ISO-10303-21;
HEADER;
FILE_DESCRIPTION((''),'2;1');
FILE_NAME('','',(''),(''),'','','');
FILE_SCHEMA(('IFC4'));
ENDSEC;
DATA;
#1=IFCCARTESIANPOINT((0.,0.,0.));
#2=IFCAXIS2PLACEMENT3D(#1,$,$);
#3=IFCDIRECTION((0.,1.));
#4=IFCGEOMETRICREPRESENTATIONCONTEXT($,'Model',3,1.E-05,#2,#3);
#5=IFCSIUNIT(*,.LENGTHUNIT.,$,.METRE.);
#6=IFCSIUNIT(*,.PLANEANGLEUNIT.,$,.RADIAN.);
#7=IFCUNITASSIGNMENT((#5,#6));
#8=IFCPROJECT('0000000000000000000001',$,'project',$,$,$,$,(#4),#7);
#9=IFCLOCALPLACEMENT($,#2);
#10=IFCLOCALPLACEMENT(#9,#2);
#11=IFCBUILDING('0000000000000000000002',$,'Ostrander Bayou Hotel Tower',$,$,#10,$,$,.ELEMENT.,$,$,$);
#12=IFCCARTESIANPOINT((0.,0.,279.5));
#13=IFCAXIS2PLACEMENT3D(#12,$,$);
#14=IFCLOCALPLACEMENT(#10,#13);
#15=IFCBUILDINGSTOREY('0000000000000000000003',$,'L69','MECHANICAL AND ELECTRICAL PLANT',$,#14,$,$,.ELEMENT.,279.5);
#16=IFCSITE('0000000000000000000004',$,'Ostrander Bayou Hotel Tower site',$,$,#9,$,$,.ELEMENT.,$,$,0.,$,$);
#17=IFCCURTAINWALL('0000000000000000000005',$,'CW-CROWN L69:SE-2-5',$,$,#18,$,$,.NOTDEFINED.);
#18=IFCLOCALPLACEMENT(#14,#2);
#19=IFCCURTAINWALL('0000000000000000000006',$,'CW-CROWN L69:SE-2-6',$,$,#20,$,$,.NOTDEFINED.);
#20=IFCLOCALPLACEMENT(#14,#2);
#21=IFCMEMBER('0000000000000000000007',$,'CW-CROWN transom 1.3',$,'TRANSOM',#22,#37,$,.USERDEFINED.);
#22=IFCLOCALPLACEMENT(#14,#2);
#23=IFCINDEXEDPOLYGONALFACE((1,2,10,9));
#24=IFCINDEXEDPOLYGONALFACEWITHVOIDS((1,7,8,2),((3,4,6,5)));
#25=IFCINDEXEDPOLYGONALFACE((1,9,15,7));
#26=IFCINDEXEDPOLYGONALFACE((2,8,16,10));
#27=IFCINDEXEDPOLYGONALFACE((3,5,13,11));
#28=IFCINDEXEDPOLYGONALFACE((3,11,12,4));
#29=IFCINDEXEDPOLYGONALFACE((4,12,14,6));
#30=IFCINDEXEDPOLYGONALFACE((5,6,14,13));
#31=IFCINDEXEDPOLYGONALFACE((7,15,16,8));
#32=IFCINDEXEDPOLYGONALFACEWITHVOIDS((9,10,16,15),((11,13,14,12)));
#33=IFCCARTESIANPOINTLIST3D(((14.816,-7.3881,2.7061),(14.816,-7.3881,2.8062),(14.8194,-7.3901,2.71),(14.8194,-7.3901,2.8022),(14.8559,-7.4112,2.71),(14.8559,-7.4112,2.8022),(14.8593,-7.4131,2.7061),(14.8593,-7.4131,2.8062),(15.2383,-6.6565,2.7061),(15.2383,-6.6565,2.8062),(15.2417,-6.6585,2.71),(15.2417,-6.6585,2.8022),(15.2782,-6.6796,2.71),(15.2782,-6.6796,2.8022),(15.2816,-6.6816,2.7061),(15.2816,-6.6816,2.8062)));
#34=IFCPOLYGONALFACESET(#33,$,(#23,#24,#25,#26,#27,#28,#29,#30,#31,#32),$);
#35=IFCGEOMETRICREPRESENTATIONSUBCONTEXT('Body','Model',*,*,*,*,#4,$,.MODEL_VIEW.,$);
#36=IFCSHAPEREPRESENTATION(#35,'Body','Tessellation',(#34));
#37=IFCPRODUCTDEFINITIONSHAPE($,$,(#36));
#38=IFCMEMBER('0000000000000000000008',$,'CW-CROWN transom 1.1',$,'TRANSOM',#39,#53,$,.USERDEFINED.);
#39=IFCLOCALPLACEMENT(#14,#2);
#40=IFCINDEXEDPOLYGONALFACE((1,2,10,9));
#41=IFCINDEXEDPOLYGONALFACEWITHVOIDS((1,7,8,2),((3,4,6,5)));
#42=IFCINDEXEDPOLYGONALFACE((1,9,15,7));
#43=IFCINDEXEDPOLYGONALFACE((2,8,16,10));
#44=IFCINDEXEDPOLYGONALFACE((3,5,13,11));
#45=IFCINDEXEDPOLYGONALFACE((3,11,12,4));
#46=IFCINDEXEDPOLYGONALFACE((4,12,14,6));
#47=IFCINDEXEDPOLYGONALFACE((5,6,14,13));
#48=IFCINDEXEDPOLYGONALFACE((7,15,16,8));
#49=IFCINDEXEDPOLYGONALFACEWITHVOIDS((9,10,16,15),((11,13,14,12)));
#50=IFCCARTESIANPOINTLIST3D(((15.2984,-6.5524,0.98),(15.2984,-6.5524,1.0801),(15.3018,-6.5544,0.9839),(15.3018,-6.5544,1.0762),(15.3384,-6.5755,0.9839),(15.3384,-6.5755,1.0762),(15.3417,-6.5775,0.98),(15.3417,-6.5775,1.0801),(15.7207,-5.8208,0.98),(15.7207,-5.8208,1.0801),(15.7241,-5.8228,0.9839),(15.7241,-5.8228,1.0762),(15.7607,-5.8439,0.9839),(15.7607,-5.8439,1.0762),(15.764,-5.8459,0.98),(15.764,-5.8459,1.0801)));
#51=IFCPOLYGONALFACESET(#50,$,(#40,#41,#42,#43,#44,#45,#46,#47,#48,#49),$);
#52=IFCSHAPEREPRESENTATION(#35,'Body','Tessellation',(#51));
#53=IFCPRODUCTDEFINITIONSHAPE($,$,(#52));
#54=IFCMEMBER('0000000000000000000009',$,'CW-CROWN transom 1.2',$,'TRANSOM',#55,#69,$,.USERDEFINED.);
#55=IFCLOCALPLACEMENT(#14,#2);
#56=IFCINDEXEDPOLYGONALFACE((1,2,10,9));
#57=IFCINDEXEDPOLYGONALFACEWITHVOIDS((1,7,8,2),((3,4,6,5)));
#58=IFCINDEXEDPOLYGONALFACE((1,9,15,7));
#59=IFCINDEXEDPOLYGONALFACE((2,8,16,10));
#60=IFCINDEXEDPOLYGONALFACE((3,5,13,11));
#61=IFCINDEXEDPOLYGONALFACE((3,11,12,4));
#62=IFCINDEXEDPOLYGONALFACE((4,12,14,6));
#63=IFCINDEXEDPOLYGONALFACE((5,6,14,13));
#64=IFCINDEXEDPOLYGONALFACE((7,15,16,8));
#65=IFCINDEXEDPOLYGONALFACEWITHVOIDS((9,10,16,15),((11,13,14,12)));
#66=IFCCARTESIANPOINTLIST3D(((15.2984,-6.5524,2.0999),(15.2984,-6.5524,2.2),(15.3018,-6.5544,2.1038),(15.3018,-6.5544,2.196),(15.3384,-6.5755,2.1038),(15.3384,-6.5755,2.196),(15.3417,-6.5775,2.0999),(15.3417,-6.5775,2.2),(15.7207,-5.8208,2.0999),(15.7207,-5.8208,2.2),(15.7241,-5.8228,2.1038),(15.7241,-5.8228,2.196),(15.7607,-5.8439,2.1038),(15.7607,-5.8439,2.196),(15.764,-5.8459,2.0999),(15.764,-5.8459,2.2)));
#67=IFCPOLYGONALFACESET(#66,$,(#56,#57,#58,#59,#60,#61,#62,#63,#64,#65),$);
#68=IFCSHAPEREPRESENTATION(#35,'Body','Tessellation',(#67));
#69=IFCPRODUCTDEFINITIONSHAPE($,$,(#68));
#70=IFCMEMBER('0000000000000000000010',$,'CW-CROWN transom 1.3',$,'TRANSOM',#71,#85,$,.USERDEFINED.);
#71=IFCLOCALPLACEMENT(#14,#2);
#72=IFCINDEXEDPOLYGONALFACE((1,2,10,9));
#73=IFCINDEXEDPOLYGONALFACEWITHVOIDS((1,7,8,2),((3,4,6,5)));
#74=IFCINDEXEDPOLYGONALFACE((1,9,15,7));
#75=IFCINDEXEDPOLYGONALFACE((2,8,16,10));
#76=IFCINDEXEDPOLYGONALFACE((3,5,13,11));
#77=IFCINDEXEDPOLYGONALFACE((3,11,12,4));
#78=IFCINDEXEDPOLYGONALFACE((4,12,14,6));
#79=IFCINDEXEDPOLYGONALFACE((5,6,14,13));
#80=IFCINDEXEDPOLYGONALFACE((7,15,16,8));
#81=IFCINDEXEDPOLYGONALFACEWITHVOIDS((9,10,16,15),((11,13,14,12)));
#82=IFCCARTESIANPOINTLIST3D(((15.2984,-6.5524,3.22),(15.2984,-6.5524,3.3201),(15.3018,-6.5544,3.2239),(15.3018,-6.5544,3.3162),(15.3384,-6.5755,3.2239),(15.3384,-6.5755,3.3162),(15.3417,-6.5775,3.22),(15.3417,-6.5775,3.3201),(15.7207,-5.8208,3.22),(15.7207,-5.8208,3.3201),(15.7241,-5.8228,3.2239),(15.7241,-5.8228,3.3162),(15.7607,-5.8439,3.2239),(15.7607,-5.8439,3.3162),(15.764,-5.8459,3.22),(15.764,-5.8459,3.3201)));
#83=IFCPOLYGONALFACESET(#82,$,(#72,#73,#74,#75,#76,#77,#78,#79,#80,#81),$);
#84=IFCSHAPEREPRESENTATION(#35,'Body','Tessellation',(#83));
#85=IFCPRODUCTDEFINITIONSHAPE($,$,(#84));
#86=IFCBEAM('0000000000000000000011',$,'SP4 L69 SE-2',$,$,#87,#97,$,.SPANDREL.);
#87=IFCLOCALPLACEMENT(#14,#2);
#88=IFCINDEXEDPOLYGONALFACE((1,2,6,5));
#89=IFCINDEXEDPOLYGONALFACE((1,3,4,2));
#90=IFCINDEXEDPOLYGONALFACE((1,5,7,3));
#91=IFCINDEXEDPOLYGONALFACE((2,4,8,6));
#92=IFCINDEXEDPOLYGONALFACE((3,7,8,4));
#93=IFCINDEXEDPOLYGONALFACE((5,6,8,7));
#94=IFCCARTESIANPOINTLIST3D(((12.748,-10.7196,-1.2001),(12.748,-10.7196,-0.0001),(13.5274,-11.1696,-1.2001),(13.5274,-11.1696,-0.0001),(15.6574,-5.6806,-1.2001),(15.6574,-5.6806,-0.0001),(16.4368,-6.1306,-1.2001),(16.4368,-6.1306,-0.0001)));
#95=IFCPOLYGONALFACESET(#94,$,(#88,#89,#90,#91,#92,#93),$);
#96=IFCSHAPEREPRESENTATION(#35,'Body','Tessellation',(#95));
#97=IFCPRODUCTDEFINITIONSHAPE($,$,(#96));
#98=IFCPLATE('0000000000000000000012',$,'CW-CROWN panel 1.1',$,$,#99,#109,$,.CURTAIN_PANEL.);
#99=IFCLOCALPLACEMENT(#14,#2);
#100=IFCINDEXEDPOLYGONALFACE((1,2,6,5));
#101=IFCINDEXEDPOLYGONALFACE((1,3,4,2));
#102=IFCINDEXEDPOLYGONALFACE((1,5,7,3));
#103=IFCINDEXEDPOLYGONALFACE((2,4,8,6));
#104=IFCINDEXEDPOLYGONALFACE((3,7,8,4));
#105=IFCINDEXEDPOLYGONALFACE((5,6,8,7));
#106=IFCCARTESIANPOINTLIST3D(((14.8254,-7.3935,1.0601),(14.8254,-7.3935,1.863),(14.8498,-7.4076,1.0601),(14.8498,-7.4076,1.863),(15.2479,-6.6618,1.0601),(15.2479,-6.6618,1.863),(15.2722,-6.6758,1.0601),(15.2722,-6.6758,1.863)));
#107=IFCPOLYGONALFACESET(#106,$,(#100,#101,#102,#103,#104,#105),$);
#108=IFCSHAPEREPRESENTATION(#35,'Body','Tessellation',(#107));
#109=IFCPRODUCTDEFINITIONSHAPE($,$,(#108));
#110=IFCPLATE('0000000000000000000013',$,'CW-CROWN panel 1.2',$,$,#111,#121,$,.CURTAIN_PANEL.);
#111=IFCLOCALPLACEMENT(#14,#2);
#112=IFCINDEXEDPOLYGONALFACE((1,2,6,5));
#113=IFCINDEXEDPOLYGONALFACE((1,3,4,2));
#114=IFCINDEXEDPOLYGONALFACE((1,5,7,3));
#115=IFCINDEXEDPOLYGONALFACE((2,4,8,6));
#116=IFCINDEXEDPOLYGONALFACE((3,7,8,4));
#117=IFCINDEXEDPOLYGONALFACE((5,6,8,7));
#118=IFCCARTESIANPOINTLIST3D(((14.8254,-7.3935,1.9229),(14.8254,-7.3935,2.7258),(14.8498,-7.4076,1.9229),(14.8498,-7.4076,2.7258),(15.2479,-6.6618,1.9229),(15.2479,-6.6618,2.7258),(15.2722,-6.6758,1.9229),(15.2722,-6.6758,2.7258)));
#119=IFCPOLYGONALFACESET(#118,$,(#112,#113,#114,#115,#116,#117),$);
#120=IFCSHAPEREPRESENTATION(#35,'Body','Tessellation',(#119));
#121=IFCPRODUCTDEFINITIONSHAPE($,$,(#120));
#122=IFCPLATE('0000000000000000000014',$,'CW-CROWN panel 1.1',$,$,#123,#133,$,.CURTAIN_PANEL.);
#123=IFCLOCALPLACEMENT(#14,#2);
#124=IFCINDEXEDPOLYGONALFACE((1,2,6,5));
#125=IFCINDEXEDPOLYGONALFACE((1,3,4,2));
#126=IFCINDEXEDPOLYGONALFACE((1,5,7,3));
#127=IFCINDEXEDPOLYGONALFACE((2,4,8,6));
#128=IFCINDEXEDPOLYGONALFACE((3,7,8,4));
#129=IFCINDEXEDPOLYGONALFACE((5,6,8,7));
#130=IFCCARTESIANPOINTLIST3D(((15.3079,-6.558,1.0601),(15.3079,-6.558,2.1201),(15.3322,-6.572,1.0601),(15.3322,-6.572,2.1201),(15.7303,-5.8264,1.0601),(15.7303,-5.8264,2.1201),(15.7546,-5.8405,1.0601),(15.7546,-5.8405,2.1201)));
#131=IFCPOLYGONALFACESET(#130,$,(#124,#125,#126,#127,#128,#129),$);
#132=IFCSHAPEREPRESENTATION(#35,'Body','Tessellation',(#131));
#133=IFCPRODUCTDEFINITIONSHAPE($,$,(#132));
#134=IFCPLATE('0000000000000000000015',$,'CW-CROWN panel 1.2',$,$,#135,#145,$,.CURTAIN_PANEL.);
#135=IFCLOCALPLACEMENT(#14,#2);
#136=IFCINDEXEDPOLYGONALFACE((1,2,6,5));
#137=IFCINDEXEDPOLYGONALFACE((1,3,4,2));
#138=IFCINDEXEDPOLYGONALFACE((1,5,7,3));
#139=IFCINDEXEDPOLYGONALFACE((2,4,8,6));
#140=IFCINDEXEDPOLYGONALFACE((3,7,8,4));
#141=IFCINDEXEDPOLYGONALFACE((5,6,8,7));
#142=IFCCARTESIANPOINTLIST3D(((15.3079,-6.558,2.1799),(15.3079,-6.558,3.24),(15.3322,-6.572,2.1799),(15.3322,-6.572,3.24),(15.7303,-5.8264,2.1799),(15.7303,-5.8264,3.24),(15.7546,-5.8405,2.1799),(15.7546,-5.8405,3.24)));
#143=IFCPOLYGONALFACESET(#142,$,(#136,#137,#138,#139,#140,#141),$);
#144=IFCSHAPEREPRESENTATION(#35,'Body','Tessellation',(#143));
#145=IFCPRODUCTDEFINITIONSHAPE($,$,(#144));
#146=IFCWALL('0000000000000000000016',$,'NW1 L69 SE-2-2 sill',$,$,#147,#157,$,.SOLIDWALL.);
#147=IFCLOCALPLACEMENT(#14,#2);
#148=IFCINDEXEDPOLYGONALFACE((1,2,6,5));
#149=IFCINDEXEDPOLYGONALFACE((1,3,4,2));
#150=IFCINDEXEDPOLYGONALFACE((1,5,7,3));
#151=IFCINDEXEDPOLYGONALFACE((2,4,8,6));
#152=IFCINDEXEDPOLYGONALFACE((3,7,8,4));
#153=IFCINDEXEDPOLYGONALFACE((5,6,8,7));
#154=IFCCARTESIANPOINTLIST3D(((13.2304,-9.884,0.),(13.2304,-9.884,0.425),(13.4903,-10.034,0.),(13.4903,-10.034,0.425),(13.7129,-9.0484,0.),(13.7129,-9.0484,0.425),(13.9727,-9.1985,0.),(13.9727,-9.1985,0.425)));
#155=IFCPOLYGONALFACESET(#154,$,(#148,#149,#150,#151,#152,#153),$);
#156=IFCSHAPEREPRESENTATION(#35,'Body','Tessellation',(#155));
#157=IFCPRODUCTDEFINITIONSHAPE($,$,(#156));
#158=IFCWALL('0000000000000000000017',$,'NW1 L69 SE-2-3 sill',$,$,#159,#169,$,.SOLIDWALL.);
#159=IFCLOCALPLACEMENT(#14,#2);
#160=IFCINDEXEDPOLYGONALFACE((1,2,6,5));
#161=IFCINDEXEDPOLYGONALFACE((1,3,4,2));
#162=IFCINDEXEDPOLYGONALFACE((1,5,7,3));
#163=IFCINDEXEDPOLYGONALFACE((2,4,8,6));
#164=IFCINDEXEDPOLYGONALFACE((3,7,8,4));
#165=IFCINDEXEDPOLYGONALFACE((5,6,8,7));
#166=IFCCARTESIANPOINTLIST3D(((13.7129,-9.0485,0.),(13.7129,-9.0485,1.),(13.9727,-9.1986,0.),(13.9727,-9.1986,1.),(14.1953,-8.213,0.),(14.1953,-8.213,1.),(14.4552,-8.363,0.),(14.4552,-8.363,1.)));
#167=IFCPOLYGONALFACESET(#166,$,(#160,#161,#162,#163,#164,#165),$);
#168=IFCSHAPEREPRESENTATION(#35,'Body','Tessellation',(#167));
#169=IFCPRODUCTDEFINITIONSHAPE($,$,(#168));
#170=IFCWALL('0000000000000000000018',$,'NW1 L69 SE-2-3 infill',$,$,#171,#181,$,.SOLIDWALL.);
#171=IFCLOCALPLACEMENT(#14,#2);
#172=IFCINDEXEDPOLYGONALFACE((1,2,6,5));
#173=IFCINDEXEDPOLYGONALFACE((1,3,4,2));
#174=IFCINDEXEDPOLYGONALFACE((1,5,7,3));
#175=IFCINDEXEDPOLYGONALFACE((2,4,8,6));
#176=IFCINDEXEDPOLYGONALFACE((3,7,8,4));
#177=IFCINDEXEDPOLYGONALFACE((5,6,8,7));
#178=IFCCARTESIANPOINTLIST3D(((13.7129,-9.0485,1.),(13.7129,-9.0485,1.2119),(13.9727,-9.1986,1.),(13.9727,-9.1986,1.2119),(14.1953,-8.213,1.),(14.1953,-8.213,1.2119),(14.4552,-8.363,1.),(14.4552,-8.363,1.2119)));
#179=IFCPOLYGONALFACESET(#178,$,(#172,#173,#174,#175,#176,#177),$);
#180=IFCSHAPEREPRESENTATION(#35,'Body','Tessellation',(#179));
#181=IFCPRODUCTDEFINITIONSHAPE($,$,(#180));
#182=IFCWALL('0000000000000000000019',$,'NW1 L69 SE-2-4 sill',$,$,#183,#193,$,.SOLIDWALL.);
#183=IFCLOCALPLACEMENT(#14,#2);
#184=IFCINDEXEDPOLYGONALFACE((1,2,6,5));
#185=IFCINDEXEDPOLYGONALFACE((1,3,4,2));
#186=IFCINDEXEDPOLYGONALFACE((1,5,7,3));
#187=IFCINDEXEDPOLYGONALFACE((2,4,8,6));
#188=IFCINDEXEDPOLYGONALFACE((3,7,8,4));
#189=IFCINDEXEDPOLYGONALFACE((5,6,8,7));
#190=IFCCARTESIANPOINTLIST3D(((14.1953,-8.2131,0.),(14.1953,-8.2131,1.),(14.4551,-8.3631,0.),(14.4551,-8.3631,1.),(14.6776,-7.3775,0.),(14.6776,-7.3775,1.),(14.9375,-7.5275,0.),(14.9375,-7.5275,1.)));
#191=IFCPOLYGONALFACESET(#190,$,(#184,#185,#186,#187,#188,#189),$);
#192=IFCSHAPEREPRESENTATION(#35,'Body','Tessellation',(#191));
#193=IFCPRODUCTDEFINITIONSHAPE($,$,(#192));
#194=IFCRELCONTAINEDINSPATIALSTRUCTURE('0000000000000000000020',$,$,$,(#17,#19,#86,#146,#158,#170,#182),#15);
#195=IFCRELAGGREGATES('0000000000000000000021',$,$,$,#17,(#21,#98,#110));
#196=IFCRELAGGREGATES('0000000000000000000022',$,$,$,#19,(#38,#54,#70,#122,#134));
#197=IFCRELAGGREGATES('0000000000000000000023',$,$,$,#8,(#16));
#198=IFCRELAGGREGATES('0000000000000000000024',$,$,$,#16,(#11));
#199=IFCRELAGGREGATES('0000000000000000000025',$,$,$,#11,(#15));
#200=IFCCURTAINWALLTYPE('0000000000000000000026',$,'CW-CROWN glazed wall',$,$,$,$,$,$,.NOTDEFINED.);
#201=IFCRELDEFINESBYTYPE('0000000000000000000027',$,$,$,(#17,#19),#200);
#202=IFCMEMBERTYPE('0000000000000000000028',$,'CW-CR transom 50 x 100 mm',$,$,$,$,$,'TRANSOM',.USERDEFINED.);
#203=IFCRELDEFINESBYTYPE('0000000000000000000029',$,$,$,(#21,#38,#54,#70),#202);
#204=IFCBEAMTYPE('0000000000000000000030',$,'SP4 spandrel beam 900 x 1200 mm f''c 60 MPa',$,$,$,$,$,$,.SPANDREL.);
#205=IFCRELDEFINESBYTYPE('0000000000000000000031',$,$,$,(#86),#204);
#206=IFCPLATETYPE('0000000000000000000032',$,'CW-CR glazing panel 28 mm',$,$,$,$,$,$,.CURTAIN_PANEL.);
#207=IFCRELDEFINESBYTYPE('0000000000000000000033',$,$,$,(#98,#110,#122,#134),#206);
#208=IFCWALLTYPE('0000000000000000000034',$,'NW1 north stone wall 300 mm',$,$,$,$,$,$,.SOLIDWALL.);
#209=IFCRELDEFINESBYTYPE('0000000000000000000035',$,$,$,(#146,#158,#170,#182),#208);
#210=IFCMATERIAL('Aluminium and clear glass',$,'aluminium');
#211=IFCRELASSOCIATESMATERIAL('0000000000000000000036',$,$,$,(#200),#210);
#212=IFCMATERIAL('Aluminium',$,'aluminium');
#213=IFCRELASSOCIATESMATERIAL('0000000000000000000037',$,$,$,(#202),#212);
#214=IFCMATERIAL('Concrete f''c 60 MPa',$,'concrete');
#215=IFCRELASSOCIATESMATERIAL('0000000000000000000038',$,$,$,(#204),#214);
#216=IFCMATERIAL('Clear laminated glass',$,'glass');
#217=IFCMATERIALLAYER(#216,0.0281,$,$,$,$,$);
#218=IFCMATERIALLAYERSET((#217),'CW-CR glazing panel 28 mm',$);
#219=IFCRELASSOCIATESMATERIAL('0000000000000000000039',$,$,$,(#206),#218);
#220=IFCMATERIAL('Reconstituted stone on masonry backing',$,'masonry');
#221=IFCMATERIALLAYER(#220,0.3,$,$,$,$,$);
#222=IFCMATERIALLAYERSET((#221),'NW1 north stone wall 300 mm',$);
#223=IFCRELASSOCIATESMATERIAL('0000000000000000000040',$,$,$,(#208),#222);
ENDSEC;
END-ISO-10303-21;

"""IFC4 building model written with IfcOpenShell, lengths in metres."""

from ifc_helpers import new_model, si_unit, direction, frame, frame_2d, origin, origin_2d, place, context, subcontext, project, spatial, rectangle, hollow_rectangle, extrude, material, layer, layer_set, material_profile, profile_set, type_object, element, aggregate, save


model = new_model("IFC4")

# Units and contexts
model_context = context("Model", 3, precision=1e-05, world=origin(), true_north=direction((0.0, 1.0)))
body_context = subcontext(model_context, "Body", "Model", "MODEL_VIEW")
ifc_project = project(units=[si_unit("LENGTHUNIT", "METRE"), si_unit("PLANEANGLEUNIT", "RADIAN")], contexts=[model_context])

# Site, building, storey
site_placement = place(None, origin())
site = spatial("IfcSite", under=ifc_project, at=site_placement, Name="Ostrander Bayou Hotel Tower site", CompositionType="ELEMENT", RefElevation=0.0)
building_placement = place(site_placement, origin())
building = spatial("IfcBuilding", under=site, at=building_placement, Name="Ostrander Bayou Hotel Tower", CompositionType="ELEMENT")
storey_placement = place(building_placement, frame((0.0, 0.0, 279.5)))
storey = spatial("IfcBuildingStorey", under=building, at=storey_placement, Name="L69", Description="MECHANICAL AND ELECTRICAL PLANT", CompositionType="ELEMENT", Elevation=279.5)

# Curtain walls
ifc_material_1 = material(Name="Aluminium and clear glass", Category="aluminium")
curtain_wall_type = type_object("IfcCurtainWallType", Name="CW-CROWN glazed wall", PredefinedType="NOTDEFINED", material=ifc_material_1)
curtain_wall_1_placement = place(storey_placement, origin())
curtain_wall_1 = element("IfcCurtainWall", 1, at=curtain_wall_1_placement, inside=storey, type_object=curtain_wall_type, Name="CW-CROWN L69:SE-2-5", PredefinedType="NOTDEFINED")
curtain_wall_2_placement = place(storey_placement, origin())
curtain_wall_2 = element("IfcCurtainWall", 2, at=curtain_wall_2_placement, inside=storey, type_object=curtain_wall_type, Name="CW-CROWN L69:SE-2-6", PredefinedType="NOTDEFINED")

# Members
ifc_material_2 = material(Name="Aluminium", Category="aluminium")
ifc_material_profile_1 = material_profile(ifc_material_2, hollow_rectangle(XDim=0.05, YDim=0.1001, WallThickness=0.0039, at=origin_2d()))
ifc_profile_set_1 = profile_set([ifc_material_profile_1], Name="Aluminium")
member_type_1 = type_object("IfcMemberType", Name="CW-CR transom 50 x 100 mm", ElementType="TRANSOM", PredefinedType="USERDEFINED", material=ifc_profile_set_1)
member_1_placement = place(storey_placement, frame((14.8376, -7.4006, 2.7561), z_axis=(0.499931, 0.866065, 0.0), x_axis=(-0.866065, 0.499931, 0.0)))
member_1 = element("IfcMember", 3, at=member_1_placement, type_object=member_type_1, Name="CW-CROWN transom 1.3", ObjectType="TRANSOM", PredefinedType="USERDEFINED", context=body_context, shape_type="SweptSolid", body=[
    extrude(hollow_rectangle(XDim=0.05, YDim=0.1001, WallThickness=0.0039, at=origin_2d()), origin(), (0.0, 0.0, 1.0), 0.8447),
])
member_2_placement = place(storey_placement, frame((15.3201, -6.5649, 1.03), z_axis=(0.499931, 0.866065, 0.0), x_axis=(-0.866065, 0.499931, 0.0)))
member_2 = element("IfcMember", 4, at=member_2_placement, type_object=member_type_1, Name="CW-CROWN transom 1.1", ObjectType="TRANSOM", PredefinedType="USERDEFINED", context=body_context, shape_type="SweptSolid", body=[
    extrude(hollow_rectangle(XDim=0.05, YDim=0.1001, WallThickness=0.0039, at=origin_2d()), origin(), (0.0, 0.0, 1.0), 0.8447),
])
member_3_placement = place(storey_placement, frame((15.3201, -6.5649, 2.1499), z_axis=(0.499931, 0.866065, 0.0), x_axis=(-0.866065, 0.499931, 0.0)))
member_3 = element("IfcMember", 5, at=member_3_placement, type_object=member_type_1, Name="CW-CROWN transom 1.2", ObjectType="TRANSOM", PredefinedType="USERDEFINED", context=body_context, shape_type="SweptSolid", body=[
    extrude(hollow_rectangle(XDim=0.05, YDim=0.1001, WallThickness=0.0039, at=origin_2d()), origin(), (0.0, 0.0, 1.0), 0.8447),
])
member_4_placement = place(storey_placement, frame((15.3201, -6.5649, 3.27), z_axis=(0.499931, 0.866065, 0.0), x_axis=(-0.866065, 0.499931, 0.0)))
member_4 = element("IfcMember", 6, at=member_4_placement, type_object=member_type_1, Name="CW-CROWN transom 1.3", ObjectType="TRANSOM", PredefinedType="USERDEFINED", context=body_context, shape_type="SweptSolid", body=[
    extrude(hollow_rectangle(XDim=0.05, YDim=0.1001, WallThickness=0.0039, at=origin_2d()), origin(), (0.0, 0.0, 1.0), 0.8447),
])

# Beam
ifc_material_3 = material(Name="Concrete f'c 60 MPa", Category="concrete")
ifc_material_profile_2 = material_profile(ifc_material_3, rectangle(XDim=0.8999, YDim=1.2, at=origin_2d()))
ifc_profile_set_2 = profile_set([ifc_material_profile_2], Name="Concrete f'c 60 MPa")
beam_type = type_object("IfcBeamType", Name="SP4 spandrel beam 900 x 1200 mm f'c 60 MPa", PredefinedType="SPANDREL", material=ifc_profile_set_2)
beam_placement = place(storey_placement, frame((13.1377, -10.9446, -0.6001), z_axis=(0.500015, 0.866016, 0.0), x_axis=(-0.866016, 0.500015, 0.0)))
element("IfcBeam", 7, at=beam_placement, inside=storey, type_object=beam_type, Name="SP4 L69 SE-2", PredefinedType="SPANDREL", context=body_context, shape_type="SweptSolid", body=[
    extrude(rectangle(XDim=0.8999, YDim=1.2, at=origin_2d()), origin(), (0.0, 0.0, 1.0), 5.8186),
])

# Plates
ifc_material_4 = material(Name="Clear laminated glass", Category="glass")
ifc_layer_1 = layer(ifc_material_4, 0.0281)
ifc_layer_set_1 = layer_set([ifc_layer_1], Name="CW-CR glazing panel 28 mm")
plate_type = type_object("IfcPlateType", Name="CW-CR glazing panel 28 mm", PredefinedType="CURTAIN_PANEL", material=ifc_layer_set_1)
plate_1_placement = place(storey_placement, frame((15.0488, -7.0347, 1.0601), z_axis=(0.0, 0.0, 1.0), x_axis=(0.499974, 0.866041, 0.0)))
plate_1 = element("IfcPlate", 8, at=plate_1_placement, type_object=plate_type, Name="CW-CROWN panel 1.1", PredefinedType="CURTAIN_PANEL", context=body_context, shape_type="SweptSolid", body=[
    extrude(rectangle(XDim=0.845, YDim=0.0281, at=origin_2d()), origin(), (0.0, 0.0, 1.0), 0.803),
])
plate_2_placement = place(storey_placement, frame((15.0488, -7.0347, 1.9229), z_axis=(0.0, 0.0, 1.0), x_axis=(0.499974, 0.866041, 0.0)))
plate_2 = element("IfcPlate", 9, at=plate_2_placement, type_object=plate_type, Name="CW-CROWN panel 1.2", PredefinedType="CURTAIN_PANEL", context=body_context, shape_type="SweptSolid", body=[
    extrude(rectangle(XDim=0.845, YDim=0.0281, at=origin_2d()), origin(), (0.0, 0.0, 1.0), 0.803),
])
aggregate(curtain_wall_1, [member_1, plate_1, plate_2])
plate_3_placement = place(storey_placement, frame((15.5312, -6.1992, 1.0601), z_axis=(0.0, 0.0, 1.0), x_axis=(0.500019, 0.866015, 0.0)))
plate_3 = element("IfcPlate", 10, at=plate_3_placement, type_object=plate_type, Name="CW-CROWN panel 1.1", PredefinedType="CURTAIN_PANEL", context=body_context, shape_type="SweptSolid", body=[
    extrude(rectangle(XDim=0.8447, YDim=0.0281, at=origin_2d()), origin(), (0.0, 0.0, 1.0), 1.0601),
])
plate_4_placement = place(storey_placement, frame((15.5312, -6.1992, 2.1799), z_axis=(0.0, 0.0, 1.0), x_axis=(0.500019, 0.866015, 0.0)))
plate_4 = element("IfcPlate", 11, at=plate_4_placement, type_object=plate_type, Name="CW-CROWN panel 1.2", PredefinedType="CURTAIN_PANEL", context=body_context, shape_type="SweptSolid", body=[
    extrude(rectangle(XDim=0.8447, YDim=0.0281, at=origin_2d()), origin(), (0.0, 0.0, 1.0), 1.0601),
])
aggregate(curtain_wall_2, [member_2, member_3, member_4, plate_3, plate_4])

# Walls
ifc_material_5 = material(Name="Reconstituted stone on masonry backing", Category="masonry")
ifc_layer_2 = layer(ifc_material_5, 0.3)
ifc_layer_set_2 = layer_set([ifc_layer_2], Name="NW1 north stone wall 300 mm")
wall_type_1 = type_object("IfcWallType", Name="NW1 north stone wall 300 mm", PredefinedType="SOLIDWALL", material=ifc_layer_set_2)
wall_1_placement = place(storey_placement, frame((13.3604, -9.959, 0.0), z_axis=(0.0, 0.0, 1.0), x_axis=(0.500058, 0.865992, 0.0)))
element("IfcWall", 12, at=wall_1_placement, inside=storey, type_object=wall_type_1, Name="NW1 L69 SE-2-2 sill", PredefinedType="SOLIDWALL", context=body_context, shape_type="SweptSolid", body=[
    extrude(rectangle(XDim=0.9648, YDim=0.3, at=frame_2d((0.4824, 0.0))), origin(), (0.0, 0.0, 1.0), 0.425),
])
wall_2_placement = place(storey_placement, frame((13.8428, -9.1235, 0.0), z_axis=(0.0, 0.0, 1.0), x_axis=(0.500058, 0.865992, 0.0)))
element("IfcWall", 13, at=wall_2_placement, inside=storey, type_object=wall_type_1, Name="NW1 L69 SE-2-3 sill", PredefinedType="SOLIDWALL", context=body_context, shape_type="SweptSolid", body=[
    extrude(rectangle(XDim=0.9648, YDim=0.3, at=frame_2d((0.4824, 0.0))), origin(), (0.0, 0.0, 1.0), 1.0),
])
wall_3_placement = place(storey_placement, frame((13.8428, -9.1235, 1.0), z_axis=(0.0, 0.0, 1.0), x_axis=(0.500058, 0.865992, 0.0)))
element("IfcWall", 14, at=wall_3_placement, inside=storey, type_object=wall_type_1, Name="NW1 L69 SE-2-3 infill", PredefinedType="SOLIDWALL", context=body_context, shape_type="SweptSolid", body=[
    extrude(rectangle(XDim=0.9648, YDim=0.3, at=frame_2d((0.4824, 0.0))), origin(), (0.0, 0.0, 1.0), 0.2119),
])
wall_4_placement = place(storey_placement, frame((14.3252, -8.2881, 0.0), z_axis=(0.0, 0.0, 1.0), x_axis=(0.499949, 0.866055, 0.0)))
element("IfcWall", 15, at=wall_4_placement, inside=storey, type_object=wall_type_1, Name="NW1 L69 SE-2-4 sill", PredefinedType="SOLIDWALL", context=body_context, shape_type="SweptSolid", body=[
    extrude(rectangle(XDim=0.9648, YDim=0.3, at=frame_2d((0.4824, 0.0))), origin(), (0.0, 0.0, 1.0), 1.0),
])

save(model, "model.ifc")
